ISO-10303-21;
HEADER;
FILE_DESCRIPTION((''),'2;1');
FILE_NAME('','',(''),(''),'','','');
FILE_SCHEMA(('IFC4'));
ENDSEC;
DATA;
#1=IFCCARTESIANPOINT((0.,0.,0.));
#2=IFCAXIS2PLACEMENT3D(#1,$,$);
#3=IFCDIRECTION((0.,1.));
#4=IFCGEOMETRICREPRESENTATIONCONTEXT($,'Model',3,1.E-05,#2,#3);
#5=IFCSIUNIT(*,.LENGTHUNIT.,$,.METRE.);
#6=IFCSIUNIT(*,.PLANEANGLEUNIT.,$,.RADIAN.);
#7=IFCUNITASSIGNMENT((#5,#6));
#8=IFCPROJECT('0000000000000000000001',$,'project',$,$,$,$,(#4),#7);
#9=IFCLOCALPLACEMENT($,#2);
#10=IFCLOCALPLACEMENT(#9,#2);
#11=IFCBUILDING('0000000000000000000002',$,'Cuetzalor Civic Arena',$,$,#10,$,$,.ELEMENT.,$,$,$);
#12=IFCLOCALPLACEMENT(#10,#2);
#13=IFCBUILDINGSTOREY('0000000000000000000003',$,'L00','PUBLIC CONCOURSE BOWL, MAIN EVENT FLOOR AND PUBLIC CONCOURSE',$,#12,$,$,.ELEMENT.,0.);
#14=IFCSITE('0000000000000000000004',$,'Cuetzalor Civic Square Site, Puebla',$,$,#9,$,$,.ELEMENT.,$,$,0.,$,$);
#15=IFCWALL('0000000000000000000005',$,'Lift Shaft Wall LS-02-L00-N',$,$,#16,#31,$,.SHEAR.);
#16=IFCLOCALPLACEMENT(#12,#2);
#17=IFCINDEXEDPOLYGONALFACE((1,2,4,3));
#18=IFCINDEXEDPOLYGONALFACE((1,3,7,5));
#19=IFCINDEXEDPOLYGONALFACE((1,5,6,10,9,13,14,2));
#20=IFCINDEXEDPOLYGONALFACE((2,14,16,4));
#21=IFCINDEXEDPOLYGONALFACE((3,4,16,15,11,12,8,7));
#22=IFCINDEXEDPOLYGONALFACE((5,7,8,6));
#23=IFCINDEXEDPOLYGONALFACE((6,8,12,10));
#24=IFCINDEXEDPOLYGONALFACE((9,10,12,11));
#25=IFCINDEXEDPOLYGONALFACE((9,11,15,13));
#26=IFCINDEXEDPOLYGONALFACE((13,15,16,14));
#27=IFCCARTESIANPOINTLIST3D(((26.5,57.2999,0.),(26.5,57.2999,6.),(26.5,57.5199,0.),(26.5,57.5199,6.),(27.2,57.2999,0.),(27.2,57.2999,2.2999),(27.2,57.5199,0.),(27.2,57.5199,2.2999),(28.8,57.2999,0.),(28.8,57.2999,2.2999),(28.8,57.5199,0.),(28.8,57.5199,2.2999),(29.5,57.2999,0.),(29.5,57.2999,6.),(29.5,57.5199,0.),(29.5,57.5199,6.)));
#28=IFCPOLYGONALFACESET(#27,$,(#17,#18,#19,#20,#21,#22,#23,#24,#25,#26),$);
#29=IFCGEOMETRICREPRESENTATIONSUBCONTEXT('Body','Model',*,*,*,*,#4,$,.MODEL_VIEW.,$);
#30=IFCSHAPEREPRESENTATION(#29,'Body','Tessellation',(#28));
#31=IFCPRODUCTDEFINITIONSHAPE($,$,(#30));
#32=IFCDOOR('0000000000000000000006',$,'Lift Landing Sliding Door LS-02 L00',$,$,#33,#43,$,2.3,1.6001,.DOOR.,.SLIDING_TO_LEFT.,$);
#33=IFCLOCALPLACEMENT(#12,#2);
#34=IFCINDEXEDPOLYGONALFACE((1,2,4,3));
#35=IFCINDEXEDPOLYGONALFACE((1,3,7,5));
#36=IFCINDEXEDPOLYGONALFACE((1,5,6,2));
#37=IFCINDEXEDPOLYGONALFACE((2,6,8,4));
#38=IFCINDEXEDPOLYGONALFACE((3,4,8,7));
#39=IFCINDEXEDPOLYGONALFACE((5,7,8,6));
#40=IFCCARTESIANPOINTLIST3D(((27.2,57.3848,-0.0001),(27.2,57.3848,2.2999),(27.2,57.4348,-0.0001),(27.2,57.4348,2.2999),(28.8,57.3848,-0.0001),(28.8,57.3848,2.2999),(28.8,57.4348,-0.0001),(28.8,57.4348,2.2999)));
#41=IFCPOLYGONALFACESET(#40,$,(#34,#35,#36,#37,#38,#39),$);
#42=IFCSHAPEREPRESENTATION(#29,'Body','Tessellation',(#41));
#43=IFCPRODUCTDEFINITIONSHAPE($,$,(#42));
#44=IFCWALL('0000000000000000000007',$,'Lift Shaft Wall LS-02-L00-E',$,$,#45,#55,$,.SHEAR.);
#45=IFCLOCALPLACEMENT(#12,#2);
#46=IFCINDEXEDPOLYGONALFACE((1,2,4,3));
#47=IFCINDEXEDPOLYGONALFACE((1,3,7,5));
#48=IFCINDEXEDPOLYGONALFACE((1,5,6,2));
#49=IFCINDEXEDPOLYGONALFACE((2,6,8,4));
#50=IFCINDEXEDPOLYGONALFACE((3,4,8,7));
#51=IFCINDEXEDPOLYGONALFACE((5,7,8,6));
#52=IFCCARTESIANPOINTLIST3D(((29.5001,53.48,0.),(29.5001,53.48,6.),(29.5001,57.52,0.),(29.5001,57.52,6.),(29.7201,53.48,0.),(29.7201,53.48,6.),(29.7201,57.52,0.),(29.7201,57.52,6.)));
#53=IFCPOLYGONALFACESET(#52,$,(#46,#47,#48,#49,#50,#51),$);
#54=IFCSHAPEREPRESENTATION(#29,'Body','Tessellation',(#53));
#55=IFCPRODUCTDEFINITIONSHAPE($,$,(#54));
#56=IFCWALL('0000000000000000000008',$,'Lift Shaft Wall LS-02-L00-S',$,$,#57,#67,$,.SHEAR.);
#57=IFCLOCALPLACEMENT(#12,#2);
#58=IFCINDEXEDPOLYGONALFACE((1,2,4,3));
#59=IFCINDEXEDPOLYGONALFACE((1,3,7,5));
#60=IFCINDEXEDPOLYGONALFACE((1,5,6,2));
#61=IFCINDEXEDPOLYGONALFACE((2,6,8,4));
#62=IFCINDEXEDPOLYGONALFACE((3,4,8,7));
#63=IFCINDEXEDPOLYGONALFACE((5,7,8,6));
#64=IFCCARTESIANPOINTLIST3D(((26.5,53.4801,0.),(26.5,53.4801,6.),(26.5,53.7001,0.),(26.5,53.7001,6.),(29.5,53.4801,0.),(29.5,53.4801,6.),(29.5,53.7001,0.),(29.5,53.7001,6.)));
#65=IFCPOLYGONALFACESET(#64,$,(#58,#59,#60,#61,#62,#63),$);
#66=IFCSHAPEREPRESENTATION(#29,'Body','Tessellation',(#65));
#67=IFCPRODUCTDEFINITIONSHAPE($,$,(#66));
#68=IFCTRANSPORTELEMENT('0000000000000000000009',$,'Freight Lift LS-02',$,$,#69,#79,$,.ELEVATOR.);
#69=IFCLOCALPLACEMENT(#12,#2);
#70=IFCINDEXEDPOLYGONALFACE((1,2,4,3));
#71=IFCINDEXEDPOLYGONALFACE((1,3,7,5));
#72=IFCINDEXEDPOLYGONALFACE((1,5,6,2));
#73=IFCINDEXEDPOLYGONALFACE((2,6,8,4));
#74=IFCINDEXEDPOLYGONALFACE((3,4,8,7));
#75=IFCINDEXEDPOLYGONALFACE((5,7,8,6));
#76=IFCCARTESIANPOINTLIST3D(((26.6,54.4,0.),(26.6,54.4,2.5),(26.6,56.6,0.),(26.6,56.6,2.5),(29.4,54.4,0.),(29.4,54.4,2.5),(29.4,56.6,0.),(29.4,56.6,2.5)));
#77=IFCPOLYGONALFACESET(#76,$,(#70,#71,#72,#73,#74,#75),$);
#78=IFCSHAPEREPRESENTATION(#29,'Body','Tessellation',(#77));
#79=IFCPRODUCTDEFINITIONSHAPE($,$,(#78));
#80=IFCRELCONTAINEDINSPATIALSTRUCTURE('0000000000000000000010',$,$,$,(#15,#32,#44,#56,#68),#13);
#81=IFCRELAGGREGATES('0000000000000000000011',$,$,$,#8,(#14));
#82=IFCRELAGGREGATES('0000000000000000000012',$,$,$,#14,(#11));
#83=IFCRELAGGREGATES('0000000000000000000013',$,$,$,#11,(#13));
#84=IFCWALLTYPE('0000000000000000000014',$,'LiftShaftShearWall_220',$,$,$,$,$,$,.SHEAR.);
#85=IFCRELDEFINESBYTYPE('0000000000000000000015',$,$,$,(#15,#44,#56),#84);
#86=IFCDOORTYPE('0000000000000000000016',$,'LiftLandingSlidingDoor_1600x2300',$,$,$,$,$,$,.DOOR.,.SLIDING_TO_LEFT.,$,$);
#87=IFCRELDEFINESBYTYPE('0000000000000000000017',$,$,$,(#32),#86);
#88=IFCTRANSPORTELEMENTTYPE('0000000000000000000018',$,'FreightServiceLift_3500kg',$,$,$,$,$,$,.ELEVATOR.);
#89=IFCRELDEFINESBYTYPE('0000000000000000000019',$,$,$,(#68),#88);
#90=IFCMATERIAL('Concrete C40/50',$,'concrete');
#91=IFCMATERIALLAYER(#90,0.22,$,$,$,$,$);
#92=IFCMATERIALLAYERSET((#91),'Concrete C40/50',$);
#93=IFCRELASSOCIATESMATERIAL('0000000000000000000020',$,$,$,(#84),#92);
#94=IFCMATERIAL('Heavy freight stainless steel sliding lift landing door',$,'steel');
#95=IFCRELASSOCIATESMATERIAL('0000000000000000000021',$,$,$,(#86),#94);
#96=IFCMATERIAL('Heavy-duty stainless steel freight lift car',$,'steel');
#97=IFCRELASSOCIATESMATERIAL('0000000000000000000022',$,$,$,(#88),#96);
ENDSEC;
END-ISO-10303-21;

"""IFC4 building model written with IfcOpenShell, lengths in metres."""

from ifc_helpers import new_model, si_unit, direction, frame, frame_2d, origin, origin_2d, place, context, subcontext, project, spatial, rectangle, extrude, material, layer, layer_set, type_object, element, fill, save


model = new_model("IFC4")

# Units and contexts
model_context = context("Model", 3, precision=1e-05, world=origin(), true_north=direction((0.0, 1.0)))
body_context = subcontext(model_context, "Body", "Model", "MODEL_VIEW")
ifc_project = project(units=[si_unit("LENGTHUNIT", "METRE"), si_unit("PLANEANGLEUNIT", "RADIAN")], contexts=[model_context])

# Site, building, storey
site_placement = place(None, origin())
site = spatial("IfcSite", under=ifc_project, at=site_placement, Name="Cuetzalor Civic Square Site, Puebla", CompositionType="ELEMENT", RefElevation=0.0)
building_placement = place(site_placement, origin())
building = spatial("IfcBuilding", under=site, at=building_placement, Name="Cuetzalor Civic Arena", CompositionType="ELEMENT")
storey_placement = place(building_placement, origin())
storey = spatial("IfcBuildingStorey", under=building, at=storey_placement, Name="L00", Description="PUBLIC CONCOURSE BOWL, MAIN EVENT FLOOR AND PUBLIC CONCOURSE", CompositionType="ELEMENT", Elevation=0.0)

# Shared definitions
ifc_material_1 = material(Name="Concrete C40/50", Category="concrete")
ifc_layer_1 = layer(ifc_material_1, 0.22)
ifc_layer_set_1 = layer_set([ifc_layer_1], Name="Concrete C40/50")
wall_type_1 = type_object("IfcWallType", Name="LiftShaftShearWall_220", PredefinedType="SHEAR", material=ifc_layer_set_1)

# Wall, opening, door
wall_1_placement = place(storey_placement, frame((26.5, 57.4099, 0.0), z_axis=(0.0, 0.0, 1.0), x_axis=(1.0, 0.0, 0.0)))
wall_1 = element("IfcWall", 1, at=wall_1_placement, inside=storey, type_object=wall_type_1, Name="Lift Shaft Wall LS-02-L00-N", PredefinedType="SHEAR", context=body_context, shape_type="SweptSolid", body=[
    extrude(rectangle(XDim=3.0, YDim=0.22, at=frame_2d((1.5, 0.0))), origin(), (0.0, 0.0, 1.0), 6.0),
])
opening_1_placement = place(wall_1_placement, frame((0.7, 0.0, 0.0)))
opening_1 = element("IfcOpeningElement", 2, at=opening_1_placement, cuts=wall_1, PredefinedType="OPENING", context=body_context, shape_type="SweptSolid", body=[
    extrude(rectangle(XDim=1.6001, YDim=2.3, at=frame_2d((0.8, 1.1499))), frame((0.0, 0.1201, 0.0), z_axis=(0.0, -1.0, 0.0), x_axis=(1.0, 0.0, 0.0)), (0.0, 0.0, 1.0), 0.24),
])
ifc_material_2 = material(Name="Heavy freight stainless steel sliding lift landing door", Category="steel")
door_type_1 = type_object("IfcDoorType", Name="LiftLandingSlidingDoor_1600x2300", OperationType="SLIDING_TO_LEFT", PredefinedType="DOOR", material=ifc_material_2)
door_1_placement = place(opening_1_placement, origin())
door_1 = element("IfcDoor", 3, at=door_1_placement, inside=storey, type_object=door_type_1, Name="Lift Landing Sliding Door LS-02 L00", OperationType="SLIDING_TO_LEFT", OverallHeight=2.3, OverallWidth=1.6001, PredefinedType="DOOR", context=body_context, shape_type="SweptSolid", body=[
    extrude(rectangle(XDim=1.6001, YDim=2.3, at=frame_2d((0.8, 1.1499))), frame((0.0, 0.0249, 0.0), z_axis=(0.0, -1.0, 0.0), x_axis=(1.0, 0.0, 0.0)), (0.0, 0.0, 1.0), 0.05),
])
fill(opening_1, door_1)

# Walls
wall_2_placement = place(storey_placement, frame((29.6101, 57.52, 0.0), z_axis=(0.0, 0.0, 1.0), x_axis=(0.0, -1.0, 0.0)))
element("IfcWall", 4, at=wall_2_placement, inside=storey, type_object=wall_type_1, Name="Lift Shaft Wall LS-02-L00-E", PredefinedType="SHEAR", context=body_context, shape_type="SweptSolid", body=[
    extrude(rectangle(XDim=4.04, YDim=0.22, at=frame_2d((2.02, 0.0))), origin(), (0.0, 0.0, 1.0), 6.0),
])
wall_3_placement = place(storey_placement, frame((29.5, 53.5901, 0.0), z_axis=(0.0, 0.0, 1.0), x_axis=(-1.0, 0.0, 0.0)))
element("IfcWall", 5, at=wall_3_placement, inside=storey, type_object=wall_type_1, Name="Lift Shaft Wall LS-02-L00-S", PredefinedType="SHEAR", context=body_context, shape_type="SweptSolid", body=[
    extrude(rectangle(XDim=3.0, YDim=0.22, at=frame_2d((1.5, 0.0))), origin(), (0.0, 0.0, 1.0), 6.0),
])

# Transport element
ifc_material_3 = material(Name="Heavy-duty stainless steel freight lift car", Category="steel")
transport_element_type = type_object("IfcTransportElementType", Name="FreightServiceLift_3500kg", PredefinedType="ELEVATOR", material=ifc_material_3)
transport_element_placement = place(storey_placement, frame((28.0, 55.5, 0.0), z_axis=(0.0, 0.0, 1.0), x_axis=(0.0, 1.0, 0.0)))
element("IfcTransportElement", 6, at=transport_element_placement, inside=storey, type_object=transport_element_type, Name="Freight Lift LS-02", PredefinedType="ELEVATOR", context=body_context, shape_type="SweptSolid", body=[
    extrude(rectangle(XDim=2.2, YDim=2.8, at=origin_2d()), origin(), (0.0, 0.0, 1.0), 2.5),
])

save(model, "model.ifc")
